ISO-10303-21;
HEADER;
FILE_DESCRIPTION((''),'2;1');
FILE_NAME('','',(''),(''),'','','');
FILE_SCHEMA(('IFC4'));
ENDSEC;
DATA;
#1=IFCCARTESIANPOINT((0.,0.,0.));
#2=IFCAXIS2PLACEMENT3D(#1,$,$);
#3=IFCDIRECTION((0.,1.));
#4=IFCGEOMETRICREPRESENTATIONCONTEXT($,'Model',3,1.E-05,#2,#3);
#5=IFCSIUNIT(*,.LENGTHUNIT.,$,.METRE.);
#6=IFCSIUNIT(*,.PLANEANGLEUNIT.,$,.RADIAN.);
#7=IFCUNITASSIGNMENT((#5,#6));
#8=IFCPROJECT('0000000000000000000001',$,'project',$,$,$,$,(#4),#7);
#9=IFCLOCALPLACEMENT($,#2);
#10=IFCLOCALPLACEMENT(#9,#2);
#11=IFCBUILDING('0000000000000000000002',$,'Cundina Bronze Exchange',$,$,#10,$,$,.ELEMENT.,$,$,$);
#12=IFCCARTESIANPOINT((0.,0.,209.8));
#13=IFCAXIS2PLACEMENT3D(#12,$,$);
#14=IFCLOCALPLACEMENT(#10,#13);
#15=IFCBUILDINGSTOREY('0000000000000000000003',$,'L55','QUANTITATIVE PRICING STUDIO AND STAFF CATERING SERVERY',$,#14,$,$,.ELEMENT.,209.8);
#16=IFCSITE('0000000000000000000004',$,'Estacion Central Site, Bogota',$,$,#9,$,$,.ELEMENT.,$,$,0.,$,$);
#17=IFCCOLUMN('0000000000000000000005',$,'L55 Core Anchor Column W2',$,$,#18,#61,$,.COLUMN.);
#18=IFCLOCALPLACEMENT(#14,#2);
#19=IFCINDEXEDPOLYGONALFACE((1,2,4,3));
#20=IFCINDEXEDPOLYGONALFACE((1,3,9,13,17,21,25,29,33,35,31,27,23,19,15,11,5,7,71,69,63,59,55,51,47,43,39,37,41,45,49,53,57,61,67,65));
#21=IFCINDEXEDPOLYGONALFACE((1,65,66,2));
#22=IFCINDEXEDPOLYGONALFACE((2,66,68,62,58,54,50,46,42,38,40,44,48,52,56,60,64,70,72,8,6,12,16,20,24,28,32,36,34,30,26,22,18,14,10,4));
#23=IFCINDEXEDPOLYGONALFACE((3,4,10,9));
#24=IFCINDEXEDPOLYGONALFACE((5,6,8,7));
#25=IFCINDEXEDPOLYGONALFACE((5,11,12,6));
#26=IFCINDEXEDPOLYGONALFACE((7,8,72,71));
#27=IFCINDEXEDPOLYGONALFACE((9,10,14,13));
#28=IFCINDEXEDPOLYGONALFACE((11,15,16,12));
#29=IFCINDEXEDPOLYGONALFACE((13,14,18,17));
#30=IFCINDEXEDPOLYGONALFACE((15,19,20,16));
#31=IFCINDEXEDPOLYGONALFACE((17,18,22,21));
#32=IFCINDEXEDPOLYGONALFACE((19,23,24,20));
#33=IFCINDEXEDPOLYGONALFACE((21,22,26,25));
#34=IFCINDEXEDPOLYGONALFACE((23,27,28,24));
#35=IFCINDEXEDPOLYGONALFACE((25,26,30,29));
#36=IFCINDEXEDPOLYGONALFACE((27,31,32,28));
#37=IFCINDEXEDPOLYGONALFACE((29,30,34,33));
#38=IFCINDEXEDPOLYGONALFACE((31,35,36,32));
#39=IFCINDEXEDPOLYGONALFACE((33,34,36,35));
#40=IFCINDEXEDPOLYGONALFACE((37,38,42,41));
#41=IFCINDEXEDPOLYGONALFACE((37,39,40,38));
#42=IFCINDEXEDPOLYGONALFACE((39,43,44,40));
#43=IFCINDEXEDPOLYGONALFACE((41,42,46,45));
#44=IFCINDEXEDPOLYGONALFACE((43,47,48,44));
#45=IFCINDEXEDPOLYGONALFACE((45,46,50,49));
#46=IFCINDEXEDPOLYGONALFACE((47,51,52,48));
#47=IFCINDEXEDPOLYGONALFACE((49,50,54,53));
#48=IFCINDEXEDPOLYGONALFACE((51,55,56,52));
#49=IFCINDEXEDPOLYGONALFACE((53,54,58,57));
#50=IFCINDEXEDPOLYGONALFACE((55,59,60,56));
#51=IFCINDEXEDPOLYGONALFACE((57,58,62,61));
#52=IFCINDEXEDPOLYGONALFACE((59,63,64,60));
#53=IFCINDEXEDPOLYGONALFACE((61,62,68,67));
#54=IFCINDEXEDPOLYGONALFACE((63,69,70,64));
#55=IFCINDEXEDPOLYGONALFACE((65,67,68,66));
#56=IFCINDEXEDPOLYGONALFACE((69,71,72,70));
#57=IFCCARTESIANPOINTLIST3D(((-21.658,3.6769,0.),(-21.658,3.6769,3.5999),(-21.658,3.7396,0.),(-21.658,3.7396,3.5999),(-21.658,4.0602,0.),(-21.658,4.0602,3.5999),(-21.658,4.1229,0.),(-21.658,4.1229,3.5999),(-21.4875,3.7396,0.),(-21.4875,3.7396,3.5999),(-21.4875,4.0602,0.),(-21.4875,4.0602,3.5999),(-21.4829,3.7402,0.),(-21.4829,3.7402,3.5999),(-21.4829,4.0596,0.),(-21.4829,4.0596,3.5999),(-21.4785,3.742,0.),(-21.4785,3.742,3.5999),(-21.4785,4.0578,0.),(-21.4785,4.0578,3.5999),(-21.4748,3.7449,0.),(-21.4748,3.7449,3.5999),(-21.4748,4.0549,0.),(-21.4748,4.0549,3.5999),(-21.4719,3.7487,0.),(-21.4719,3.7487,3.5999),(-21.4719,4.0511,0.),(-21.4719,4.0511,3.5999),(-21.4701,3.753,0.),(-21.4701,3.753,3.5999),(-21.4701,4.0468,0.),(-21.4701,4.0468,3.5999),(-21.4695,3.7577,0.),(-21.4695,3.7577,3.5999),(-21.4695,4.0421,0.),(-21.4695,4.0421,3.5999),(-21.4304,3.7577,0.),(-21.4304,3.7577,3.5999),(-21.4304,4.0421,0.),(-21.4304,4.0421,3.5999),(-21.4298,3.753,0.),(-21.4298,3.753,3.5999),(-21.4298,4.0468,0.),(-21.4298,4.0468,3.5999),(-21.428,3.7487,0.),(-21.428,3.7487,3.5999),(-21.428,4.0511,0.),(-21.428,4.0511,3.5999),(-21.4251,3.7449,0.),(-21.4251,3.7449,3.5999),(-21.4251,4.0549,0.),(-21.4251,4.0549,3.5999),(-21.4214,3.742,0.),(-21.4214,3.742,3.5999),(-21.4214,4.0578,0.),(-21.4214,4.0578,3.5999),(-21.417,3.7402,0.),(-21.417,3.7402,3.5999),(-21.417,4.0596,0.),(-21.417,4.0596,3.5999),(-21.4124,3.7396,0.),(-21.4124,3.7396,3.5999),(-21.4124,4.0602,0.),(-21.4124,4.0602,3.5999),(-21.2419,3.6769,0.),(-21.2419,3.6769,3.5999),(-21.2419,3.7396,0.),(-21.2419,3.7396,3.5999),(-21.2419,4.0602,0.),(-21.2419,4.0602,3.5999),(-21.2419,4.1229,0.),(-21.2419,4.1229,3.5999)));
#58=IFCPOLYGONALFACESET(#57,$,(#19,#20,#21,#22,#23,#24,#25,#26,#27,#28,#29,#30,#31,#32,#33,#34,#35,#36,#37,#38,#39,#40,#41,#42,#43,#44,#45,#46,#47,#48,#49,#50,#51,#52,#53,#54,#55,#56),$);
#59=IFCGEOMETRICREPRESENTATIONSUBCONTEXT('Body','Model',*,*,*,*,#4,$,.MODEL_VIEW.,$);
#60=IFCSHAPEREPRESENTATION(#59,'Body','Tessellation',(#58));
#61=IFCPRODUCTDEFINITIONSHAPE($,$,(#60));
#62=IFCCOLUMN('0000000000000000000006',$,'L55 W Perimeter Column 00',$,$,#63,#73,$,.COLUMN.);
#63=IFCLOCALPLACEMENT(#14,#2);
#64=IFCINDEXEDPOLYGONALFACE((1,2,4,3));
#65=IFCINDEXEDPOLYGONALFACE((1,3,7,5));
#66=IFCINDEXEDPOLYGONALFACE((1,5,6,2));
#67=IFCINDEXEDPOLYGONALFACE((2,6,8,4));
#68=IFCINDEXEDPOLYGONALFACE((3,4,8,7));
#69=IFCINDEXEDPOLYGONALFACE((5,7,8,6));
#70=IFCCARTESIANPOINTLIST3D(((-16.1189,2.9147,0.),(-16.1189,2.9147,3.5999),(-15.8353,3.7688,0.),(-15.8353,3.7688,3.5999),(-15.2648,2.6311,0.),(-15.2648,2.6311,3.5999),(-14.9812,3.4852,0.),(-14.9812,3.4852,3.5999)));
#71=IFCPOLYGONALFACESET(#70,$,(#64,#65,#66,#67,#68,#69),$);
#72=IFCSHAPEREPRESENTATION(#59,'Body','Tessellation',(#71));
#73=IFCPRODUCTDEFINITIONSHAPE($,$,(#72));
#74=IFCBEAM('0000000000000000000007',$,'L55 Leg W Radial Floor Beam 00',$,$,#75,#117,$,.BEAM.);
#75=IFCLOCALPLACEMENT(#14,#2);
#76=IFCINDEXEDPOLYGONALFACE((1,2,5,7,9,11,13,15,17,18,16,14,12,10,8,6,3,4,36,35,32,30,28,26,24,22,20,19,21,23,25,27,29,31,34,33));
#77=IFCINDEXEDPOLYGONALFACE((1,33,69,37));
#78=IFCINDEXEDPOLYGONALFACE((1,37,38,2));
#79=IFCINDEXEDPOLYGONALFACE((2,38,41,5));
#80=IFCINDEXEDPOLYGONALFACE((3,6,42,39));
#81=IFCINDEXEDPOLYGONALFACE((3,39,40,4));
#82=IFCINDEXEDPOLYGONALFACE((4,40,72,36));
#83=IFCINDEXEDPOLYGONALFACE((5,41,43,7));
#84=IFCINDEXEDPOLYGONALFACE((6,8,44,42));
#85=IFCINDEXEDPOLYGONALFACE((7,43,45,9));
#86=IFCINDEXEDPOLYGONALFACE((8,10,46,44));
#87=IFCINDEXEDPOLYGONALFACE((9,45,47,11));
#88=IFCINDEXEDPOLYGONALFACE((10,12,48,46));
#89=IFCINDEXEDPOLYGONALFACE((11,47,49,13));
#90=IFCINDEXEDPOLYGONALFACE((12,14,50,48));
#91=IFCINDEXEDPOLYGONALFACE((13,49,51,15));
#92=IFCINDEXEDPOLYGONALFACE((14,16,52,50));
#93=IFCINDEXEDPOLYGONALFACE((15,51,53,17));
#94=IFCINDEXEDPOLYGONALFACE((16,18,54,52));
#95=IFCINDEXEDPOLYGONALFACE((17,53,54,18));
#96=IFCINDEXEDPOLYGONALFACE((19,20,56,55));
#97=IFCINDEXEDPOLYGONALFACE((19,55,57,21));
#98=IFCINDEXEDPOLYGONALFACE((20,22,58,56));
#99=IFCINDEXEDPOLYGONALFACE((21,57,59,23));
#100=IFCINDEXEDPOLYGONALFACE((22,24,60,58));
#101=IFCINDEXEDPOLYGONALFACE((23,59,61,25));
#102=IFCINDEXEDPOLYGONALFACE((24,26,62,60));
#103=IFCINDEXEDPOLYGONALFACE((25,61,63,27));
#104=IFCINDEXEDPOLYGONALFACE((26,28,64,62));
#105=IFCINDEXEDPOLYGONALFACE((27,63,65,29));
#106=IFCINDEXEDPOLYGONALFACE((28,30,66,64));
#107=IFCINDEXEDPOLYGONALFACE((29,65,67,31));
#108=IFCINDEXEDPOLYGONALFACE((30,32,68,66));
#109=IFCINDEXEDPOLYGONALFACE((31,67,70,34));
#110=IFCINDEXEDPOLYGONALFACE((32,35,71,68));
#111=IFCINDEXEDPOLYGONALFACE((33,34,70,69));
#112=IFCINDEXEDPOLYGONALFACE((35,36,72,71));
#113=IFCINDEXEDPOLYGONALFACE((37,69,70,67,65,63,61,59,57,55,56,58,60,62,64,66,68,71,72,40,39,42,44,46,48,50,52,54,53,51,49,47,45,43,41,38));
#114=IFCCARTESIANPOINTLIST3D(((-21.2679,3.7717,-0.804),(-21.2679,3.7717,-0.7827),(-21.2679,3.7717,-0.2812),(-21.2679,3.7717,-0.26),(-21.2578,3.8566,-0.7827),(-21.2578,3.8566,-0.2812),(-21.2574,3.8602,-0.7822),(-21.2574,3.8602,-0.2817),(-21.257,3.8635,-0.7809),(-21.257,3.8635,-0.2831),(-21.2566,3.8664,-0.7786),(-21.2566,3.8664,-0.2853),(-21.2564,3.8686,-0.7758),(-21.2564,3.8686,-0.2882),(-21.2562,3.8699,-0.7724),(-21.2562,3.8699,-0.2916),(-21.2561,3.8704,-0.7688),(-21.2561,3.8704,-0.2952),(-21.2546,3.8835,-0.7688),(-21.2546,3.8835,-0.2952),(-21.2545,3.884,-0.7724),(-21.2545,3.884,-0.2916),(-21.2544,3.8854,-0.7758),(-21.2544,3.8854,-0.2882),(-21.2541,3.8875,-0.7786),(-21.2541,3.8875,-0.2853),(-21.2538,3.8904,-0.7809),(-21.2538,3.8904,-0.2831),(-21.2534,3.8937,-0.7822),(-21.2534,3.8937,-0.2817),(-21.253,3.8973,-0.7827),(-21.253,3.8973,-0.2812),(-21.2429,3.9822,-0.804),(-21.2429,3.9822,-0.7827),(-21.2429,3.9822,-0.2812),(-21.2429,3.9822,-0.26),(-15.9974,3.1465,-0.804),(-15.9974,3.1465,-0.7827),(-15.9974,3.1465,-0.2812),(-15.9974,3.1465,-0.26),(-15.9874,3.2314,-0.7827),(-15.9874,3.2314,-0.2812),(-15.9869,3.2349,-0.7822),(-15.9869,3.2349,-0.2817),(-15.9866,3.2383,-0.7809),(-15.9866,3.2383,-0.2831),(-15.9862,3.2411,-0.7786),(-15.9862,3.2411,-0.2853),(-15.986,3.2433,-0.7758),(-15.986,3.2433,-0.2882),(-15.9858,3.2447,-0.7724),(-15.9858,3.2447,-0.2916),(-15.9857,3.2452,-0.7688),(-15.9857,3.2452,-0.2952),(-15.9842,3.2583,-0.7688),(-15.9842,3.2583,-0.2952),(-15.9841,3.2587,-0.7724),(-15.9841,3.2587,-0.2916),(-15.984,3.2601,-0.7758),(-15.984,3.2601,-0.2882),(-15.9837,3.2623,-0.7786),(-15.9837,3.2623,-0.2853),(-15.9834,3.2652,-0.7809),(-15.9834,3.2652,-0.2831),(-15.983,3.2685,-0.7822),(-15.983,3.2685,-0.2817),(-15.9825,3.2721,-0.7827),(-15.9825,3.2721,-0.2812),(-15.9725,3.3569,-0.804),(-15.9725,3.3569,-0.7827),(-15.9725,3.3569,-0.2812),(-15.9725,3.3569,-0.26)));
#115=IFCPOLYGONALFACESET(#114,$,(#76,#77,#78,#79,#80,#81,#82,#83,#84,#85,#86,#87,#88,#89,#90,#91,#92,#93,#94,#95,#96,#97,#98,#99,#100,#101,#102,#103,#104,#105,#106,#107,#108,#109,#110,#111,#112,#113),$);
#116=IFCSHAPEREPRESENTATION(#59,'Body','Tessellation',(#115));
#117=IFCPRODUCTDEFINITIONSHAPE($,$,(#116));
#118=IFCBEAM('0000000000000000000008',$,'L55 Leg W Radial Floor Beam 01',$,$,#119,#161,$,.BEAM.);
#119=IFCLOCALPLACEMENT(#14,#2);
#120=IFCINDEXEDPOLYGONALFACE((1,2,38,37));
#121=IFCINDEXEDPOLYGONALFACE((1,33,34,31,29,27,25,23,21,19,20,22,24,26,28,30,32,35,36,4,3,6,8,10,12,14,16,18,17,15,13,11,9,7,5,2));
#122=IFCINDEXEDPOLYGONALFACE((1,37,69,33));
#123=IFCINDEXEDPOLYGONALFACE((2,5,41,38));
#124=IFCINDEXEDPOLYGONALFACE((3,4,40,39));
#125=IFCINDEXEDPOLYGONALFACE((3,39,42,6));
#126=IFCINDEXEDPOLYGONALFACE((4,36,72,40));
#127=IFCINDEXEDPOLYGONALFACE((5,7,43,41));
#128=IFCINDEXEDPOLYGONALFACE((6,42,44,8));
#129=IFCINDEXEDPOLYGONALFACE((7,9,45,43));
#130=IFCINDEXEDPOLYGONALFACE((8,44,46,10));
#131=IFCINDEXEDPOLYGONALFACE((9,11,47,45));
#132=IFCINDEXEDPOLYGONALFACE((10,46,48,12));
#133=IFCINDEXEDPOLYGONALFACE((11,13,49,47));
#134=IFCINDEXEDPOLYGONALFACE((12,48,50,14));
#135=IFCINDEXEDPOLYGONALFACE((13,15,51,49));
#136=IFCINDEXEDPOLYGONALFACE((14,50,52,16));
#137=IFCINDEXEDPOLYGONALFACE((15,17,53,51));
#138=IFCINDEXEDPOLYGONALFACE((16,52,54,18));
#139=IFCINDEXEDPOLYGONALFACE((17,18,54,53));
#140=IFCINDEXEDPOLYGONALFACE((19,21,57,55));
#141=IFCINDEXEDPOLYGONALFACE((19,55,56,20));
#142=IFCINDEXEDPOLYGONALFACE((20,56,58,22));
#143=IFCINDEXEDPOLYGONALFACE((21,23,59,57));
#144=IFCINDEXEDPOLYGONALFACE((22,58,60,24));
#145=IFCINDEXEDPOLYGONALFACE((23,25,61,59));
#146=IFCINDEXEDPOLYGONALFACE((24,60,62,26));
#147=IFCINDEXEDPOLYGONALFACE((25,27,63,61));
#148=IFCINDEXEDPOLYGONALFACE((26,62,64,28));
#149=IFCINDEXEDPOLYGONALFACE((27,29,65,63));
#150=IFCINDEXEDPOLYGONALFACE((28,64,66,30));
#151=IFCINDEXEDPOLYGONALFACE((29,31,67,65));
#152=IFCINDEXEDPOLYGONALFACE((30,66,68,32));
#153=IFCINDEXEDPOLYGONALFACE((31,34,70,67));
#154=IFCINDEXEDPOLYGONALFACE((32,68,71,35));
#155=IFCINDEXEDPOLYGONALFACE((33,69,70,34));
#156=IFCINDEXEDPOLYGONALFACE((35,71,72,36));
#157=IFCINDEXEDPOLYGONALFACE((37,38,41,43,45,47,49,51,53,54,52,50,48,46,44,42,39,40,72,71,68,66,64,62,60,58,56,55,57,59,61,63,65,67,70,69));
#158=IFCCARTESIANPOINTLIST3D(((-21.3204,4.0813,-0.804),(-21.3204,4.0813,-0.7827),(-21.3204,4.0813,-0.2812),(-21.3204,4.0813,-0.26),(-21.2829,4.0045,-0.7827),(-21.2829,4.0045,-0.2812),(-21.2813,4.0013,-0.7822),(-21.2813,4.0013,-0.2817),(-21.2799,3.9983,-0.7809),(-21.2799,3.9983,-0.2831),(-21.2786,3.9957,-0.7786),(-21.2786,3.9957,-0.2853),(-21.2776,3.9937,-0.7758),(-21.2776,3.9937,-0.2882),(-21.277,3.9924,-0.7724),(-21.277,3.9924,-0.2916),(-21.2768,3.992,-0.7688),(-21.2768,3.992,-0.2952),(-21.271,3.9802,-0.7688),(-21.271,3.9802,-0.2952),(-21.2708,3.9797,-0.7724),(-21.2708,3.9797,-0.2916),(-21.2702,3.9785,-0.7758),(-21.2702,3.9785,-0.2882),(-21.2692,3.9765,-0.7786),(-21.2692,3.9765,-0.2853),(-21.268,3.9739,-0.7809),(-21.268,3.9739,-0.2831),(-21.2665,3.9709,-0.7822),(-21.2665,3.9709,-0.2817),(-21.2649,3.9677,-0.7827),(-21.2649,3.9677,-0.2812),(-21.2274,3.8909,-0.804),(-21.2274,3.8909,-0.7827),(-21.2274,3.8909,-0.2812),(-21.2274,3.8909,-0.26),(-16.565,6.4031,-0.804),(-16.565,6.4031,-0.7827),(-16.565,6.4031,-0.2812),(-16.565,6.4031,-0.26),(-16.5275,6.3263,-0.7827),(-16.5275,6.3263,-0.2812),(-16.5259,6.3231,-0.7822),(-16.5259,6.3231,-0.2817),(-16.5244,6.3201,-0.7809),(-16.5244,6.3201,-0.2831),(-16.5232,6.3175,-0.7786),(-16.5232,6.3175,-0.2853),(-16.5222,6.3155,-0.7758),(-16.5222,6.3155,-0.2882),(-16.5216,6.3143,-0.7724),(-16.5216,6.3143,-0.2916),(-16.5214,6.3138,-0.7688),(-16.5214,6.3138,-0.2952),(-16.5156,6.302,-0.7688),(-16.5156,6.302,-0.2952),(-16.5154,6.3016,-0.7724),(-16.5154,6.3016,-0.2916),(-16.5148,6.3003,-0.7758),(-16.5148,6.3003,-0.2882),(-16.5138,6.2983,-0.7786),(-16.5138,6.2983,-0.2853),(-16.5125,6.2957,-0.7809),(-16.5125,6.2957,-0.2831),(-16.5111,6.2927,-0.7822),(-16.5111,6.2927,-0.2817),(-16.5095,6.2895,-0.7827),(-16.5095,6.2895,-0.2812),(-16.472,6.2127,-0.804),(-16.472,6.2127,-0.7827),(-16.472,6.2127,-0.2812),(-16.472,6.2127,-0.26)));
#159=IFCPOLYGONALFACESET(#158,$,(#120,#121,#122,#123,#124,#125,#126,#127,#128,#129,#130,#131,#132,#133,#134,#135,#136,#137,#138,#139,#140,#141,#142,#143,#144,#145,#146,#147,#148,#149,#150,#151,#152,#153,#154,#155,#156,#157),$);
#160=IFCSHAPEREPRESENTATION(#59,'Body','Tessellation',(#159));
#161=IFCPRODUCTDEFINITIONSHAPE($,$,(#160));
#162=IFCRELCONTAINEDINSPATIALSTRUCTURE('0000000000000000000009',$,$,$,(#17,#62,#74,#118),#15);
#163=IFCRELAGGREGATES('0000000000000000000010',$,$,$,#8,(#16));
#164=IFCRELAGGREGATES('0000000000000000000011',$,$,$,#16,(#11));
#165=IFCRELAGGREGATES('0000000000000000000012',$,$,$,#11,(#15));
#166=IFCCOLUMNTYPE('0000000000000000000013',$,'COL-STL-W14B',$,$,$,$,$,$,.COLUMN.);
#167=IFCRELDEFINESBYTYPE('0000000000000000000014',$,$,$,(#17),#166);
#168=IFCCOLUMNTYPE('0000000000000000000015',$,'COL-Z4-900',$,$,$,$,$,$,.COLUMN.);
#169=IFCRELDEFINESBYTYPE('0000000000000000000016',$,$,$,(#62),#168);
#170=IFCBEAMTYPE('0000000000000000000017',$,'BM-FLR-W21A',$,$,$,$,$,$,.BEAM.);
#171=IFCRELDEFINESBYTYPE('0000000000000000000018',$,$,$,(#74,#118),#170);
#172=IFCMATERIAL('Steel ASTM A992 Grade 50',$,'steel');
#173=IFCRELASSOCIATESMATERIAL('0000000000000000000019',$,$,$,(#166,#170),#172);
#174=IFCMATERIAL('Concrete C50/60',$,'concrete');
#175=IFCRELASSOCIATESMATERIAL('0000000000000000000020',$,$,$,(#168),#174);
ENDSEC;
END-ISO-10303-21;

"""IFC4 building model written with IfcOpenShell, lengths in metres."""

from ifc_helpers import new_model, si_unit, direction, frame, origin, origin_2d, place, context, subcontext, project, spatial, rectangle, i_section, extrude, material, material_profile, profile_set, type_object, element, save


model = new_model("IFC4")

# Units and contexts
model_context = context("Model", 3, precision=1e-05, world=origin(), true_north=direction((0.0, 1.0)))
body_context = subcontext(model_context, "Body", "Model", "MODEL_VIEW")
ifc_project = project(units=[si_unit("LENGTHUNIT", "METRE"), si_unit("PLANEANGLEUNIT", "RADIAN")], contexts=[model_context])

# Site, building, storey
site_placement = place(None, origin())
site = spatial("IfcSite", under=ifc_project, at=site_placement, Name="Estacion Central Site, Bogota", CompositionType="ELEMENT", RefElevation=0.0)
building_placement = place(site_placement, origin())
building = spatial("IfcBuilding", under=site, at=building_placement, Name="Cundina Bronze Exchange", CompositionType="ELEMENT")
storey_placement = place(building_placement, frame((0.0, 0.0, 209.8)))
storey = spatial("IfcBuildingStorey", under=building, at=storey_placement, Name="L55", Description="QUANTITATIVE PRICING STUDIO AND STAFF CATERING SERVERY", CompositionType="ELEMENT", Elevation=209.8)

# Columns
ifc_material_1 = material(Name="Steel ASTM A992 Grade 50", Category="steel")
ifc_material_profile_1 = material_profile(ifc_material_1, i_section(OverallWidth=0.416, OverallDepth=0.446, WebThickness=0.0391, FlangeThickness=0.0627, FilletRadius=0.0181, at=origin_2d()), Name="W14X342", Category="steel")
ifc_profile_set_1 = profile_set([ifc_material_profile_1], Name="Steel ASTM A992 Grade 50")
column_type_1 = type_object("IfcColumnType", Name="COL-STL-W14B", PredefinedType="COLUMN", material=ifc_profile_set_1)
column_1_placement = place(storey_placement, frame((-21.45, 3.8999, 0.0), z_axis=(0.0, 0.0, 1.0), x_axis=(1.0, 0.0, 0.0)))
element("IfcColumn", 1, at=column_1_placement, inside=storey, type_object=column_type_1, Name="L55 Core Anchor Column W2", PredefinedType="COLUMN", context=body_context, shape_type="SweptSolid", body=[
    extrude(i_section(OverallWidth=0.416, OverallDepth=0.446, WebThickness=0.0391, FlangeThickness=0.0627, FilletRadius=0.0181, at=origin_2d()), origin(), (0.0, 0.0, 1.0), 3.5999),
])
ifc_material_2 = material(Name="Concrete C50/60", Category="concrete")
ifc_material_profile_2 = material_profile(ifc_material_2, rectangle(XDim=0.8999, YDim=0.8999, at=origin_2d()), Name="RC900X900", Category="concrete")
ifc_profile_set_2 = profile_set([ifc_material_profile_2], Name="Concrete C50/60")
column_type_2 = type_object("IfcColumnType", Name="COL-Z4-900", PredefinedType="COLUMN", material=ifc_profile_set_2)
column_2_placement = place(storey_placement, frame((-15.55, 3.2, 0.0), z_axis=(0.0, 0.0, 1.0), x_axis=(0.315152, 0.949041, 0.0)))
element("IfcColumn", 2, at=column_2_placement, inside=storey, type_object=column_type_2, Name="L55 W Perimeter Column 00", PredefinedType="COLUMN", context=body_context, shape_type="SweptSolid", body=[
    extrude(rectangle(XDim=0.8999, YDim=0.8999, at=origin_2d()), origin(), (0.0, 0.0, 1.0), 3.5999),
])

# Beams
ifc_material_profile_3 = material_profile(ifc_material_1, i_section(OverallWidth=0.2119, OverallDepth=0.5439, WebThickness=0.0132, FlangeThickness=0.0212, FilletRadius=0.0139, at=origin_2d()), Name="W21X83", Category="steel")
ifc_profile_set_3 = profile_set([ifc_material_profile_3], Name="Steel ASTM A992 Grade 50")
beam_type_1 = type_object("IfcBeamType", Name="BM-FLR-W21A", PredefinedType="BEAM", material=ifc_profile_set_3)
beam_1_placement = place(storey_placement, frame((-21.2554, 3.877, -0.532), z_axis=(0.993037, -0.117805, 0.0), x_axis=(0.117805, 0.993037, 0.0)))
element("IfcBeam", 3, at=beam_1_placement, inside=storey, type_object=beam_type_1, Name="L55 Leg W Radial Floor Beam 00", PredefinedType="BEAM", context=body_context, shape_type="SweptSolid", body=[
    extrude(i_section(OverallWidth=0.2119, OverallDepth=0.5439, WebThickness=0.0132, FlangeThickness=0.0212, FilletRadius=0.0139, at=origin_2d()), origin(), (0.0, 0.0, 1.0), 5.3074),
])
beam_2_placement = place(storey_placement, frame((-21.2739, 3.9861, -0.532), z_axis=(0.898613, 0.438742, 0.0), x_axis=(-0.438742, 0.898613, 0.0)))
element("IfcBeam", 4, at=beam_2_placement, inside=storey, type_object=beam_type_1, Name="L55 Leg W Radial Floor Beam 01", PredefinedType="BEAM", context=body_context, shape_type="SweptSolid", body=[
    extrude(i_section(OverallWidth=0.2119, OverallDepth=0.5439, WebThickness=0.0132, FlangeThickness=0.0212, FilletRadius=0.0139, at=origin_2d()), origin(), (0.0, 0.0, 1.0), 5.292),
])

save(model, "model.ifc")
